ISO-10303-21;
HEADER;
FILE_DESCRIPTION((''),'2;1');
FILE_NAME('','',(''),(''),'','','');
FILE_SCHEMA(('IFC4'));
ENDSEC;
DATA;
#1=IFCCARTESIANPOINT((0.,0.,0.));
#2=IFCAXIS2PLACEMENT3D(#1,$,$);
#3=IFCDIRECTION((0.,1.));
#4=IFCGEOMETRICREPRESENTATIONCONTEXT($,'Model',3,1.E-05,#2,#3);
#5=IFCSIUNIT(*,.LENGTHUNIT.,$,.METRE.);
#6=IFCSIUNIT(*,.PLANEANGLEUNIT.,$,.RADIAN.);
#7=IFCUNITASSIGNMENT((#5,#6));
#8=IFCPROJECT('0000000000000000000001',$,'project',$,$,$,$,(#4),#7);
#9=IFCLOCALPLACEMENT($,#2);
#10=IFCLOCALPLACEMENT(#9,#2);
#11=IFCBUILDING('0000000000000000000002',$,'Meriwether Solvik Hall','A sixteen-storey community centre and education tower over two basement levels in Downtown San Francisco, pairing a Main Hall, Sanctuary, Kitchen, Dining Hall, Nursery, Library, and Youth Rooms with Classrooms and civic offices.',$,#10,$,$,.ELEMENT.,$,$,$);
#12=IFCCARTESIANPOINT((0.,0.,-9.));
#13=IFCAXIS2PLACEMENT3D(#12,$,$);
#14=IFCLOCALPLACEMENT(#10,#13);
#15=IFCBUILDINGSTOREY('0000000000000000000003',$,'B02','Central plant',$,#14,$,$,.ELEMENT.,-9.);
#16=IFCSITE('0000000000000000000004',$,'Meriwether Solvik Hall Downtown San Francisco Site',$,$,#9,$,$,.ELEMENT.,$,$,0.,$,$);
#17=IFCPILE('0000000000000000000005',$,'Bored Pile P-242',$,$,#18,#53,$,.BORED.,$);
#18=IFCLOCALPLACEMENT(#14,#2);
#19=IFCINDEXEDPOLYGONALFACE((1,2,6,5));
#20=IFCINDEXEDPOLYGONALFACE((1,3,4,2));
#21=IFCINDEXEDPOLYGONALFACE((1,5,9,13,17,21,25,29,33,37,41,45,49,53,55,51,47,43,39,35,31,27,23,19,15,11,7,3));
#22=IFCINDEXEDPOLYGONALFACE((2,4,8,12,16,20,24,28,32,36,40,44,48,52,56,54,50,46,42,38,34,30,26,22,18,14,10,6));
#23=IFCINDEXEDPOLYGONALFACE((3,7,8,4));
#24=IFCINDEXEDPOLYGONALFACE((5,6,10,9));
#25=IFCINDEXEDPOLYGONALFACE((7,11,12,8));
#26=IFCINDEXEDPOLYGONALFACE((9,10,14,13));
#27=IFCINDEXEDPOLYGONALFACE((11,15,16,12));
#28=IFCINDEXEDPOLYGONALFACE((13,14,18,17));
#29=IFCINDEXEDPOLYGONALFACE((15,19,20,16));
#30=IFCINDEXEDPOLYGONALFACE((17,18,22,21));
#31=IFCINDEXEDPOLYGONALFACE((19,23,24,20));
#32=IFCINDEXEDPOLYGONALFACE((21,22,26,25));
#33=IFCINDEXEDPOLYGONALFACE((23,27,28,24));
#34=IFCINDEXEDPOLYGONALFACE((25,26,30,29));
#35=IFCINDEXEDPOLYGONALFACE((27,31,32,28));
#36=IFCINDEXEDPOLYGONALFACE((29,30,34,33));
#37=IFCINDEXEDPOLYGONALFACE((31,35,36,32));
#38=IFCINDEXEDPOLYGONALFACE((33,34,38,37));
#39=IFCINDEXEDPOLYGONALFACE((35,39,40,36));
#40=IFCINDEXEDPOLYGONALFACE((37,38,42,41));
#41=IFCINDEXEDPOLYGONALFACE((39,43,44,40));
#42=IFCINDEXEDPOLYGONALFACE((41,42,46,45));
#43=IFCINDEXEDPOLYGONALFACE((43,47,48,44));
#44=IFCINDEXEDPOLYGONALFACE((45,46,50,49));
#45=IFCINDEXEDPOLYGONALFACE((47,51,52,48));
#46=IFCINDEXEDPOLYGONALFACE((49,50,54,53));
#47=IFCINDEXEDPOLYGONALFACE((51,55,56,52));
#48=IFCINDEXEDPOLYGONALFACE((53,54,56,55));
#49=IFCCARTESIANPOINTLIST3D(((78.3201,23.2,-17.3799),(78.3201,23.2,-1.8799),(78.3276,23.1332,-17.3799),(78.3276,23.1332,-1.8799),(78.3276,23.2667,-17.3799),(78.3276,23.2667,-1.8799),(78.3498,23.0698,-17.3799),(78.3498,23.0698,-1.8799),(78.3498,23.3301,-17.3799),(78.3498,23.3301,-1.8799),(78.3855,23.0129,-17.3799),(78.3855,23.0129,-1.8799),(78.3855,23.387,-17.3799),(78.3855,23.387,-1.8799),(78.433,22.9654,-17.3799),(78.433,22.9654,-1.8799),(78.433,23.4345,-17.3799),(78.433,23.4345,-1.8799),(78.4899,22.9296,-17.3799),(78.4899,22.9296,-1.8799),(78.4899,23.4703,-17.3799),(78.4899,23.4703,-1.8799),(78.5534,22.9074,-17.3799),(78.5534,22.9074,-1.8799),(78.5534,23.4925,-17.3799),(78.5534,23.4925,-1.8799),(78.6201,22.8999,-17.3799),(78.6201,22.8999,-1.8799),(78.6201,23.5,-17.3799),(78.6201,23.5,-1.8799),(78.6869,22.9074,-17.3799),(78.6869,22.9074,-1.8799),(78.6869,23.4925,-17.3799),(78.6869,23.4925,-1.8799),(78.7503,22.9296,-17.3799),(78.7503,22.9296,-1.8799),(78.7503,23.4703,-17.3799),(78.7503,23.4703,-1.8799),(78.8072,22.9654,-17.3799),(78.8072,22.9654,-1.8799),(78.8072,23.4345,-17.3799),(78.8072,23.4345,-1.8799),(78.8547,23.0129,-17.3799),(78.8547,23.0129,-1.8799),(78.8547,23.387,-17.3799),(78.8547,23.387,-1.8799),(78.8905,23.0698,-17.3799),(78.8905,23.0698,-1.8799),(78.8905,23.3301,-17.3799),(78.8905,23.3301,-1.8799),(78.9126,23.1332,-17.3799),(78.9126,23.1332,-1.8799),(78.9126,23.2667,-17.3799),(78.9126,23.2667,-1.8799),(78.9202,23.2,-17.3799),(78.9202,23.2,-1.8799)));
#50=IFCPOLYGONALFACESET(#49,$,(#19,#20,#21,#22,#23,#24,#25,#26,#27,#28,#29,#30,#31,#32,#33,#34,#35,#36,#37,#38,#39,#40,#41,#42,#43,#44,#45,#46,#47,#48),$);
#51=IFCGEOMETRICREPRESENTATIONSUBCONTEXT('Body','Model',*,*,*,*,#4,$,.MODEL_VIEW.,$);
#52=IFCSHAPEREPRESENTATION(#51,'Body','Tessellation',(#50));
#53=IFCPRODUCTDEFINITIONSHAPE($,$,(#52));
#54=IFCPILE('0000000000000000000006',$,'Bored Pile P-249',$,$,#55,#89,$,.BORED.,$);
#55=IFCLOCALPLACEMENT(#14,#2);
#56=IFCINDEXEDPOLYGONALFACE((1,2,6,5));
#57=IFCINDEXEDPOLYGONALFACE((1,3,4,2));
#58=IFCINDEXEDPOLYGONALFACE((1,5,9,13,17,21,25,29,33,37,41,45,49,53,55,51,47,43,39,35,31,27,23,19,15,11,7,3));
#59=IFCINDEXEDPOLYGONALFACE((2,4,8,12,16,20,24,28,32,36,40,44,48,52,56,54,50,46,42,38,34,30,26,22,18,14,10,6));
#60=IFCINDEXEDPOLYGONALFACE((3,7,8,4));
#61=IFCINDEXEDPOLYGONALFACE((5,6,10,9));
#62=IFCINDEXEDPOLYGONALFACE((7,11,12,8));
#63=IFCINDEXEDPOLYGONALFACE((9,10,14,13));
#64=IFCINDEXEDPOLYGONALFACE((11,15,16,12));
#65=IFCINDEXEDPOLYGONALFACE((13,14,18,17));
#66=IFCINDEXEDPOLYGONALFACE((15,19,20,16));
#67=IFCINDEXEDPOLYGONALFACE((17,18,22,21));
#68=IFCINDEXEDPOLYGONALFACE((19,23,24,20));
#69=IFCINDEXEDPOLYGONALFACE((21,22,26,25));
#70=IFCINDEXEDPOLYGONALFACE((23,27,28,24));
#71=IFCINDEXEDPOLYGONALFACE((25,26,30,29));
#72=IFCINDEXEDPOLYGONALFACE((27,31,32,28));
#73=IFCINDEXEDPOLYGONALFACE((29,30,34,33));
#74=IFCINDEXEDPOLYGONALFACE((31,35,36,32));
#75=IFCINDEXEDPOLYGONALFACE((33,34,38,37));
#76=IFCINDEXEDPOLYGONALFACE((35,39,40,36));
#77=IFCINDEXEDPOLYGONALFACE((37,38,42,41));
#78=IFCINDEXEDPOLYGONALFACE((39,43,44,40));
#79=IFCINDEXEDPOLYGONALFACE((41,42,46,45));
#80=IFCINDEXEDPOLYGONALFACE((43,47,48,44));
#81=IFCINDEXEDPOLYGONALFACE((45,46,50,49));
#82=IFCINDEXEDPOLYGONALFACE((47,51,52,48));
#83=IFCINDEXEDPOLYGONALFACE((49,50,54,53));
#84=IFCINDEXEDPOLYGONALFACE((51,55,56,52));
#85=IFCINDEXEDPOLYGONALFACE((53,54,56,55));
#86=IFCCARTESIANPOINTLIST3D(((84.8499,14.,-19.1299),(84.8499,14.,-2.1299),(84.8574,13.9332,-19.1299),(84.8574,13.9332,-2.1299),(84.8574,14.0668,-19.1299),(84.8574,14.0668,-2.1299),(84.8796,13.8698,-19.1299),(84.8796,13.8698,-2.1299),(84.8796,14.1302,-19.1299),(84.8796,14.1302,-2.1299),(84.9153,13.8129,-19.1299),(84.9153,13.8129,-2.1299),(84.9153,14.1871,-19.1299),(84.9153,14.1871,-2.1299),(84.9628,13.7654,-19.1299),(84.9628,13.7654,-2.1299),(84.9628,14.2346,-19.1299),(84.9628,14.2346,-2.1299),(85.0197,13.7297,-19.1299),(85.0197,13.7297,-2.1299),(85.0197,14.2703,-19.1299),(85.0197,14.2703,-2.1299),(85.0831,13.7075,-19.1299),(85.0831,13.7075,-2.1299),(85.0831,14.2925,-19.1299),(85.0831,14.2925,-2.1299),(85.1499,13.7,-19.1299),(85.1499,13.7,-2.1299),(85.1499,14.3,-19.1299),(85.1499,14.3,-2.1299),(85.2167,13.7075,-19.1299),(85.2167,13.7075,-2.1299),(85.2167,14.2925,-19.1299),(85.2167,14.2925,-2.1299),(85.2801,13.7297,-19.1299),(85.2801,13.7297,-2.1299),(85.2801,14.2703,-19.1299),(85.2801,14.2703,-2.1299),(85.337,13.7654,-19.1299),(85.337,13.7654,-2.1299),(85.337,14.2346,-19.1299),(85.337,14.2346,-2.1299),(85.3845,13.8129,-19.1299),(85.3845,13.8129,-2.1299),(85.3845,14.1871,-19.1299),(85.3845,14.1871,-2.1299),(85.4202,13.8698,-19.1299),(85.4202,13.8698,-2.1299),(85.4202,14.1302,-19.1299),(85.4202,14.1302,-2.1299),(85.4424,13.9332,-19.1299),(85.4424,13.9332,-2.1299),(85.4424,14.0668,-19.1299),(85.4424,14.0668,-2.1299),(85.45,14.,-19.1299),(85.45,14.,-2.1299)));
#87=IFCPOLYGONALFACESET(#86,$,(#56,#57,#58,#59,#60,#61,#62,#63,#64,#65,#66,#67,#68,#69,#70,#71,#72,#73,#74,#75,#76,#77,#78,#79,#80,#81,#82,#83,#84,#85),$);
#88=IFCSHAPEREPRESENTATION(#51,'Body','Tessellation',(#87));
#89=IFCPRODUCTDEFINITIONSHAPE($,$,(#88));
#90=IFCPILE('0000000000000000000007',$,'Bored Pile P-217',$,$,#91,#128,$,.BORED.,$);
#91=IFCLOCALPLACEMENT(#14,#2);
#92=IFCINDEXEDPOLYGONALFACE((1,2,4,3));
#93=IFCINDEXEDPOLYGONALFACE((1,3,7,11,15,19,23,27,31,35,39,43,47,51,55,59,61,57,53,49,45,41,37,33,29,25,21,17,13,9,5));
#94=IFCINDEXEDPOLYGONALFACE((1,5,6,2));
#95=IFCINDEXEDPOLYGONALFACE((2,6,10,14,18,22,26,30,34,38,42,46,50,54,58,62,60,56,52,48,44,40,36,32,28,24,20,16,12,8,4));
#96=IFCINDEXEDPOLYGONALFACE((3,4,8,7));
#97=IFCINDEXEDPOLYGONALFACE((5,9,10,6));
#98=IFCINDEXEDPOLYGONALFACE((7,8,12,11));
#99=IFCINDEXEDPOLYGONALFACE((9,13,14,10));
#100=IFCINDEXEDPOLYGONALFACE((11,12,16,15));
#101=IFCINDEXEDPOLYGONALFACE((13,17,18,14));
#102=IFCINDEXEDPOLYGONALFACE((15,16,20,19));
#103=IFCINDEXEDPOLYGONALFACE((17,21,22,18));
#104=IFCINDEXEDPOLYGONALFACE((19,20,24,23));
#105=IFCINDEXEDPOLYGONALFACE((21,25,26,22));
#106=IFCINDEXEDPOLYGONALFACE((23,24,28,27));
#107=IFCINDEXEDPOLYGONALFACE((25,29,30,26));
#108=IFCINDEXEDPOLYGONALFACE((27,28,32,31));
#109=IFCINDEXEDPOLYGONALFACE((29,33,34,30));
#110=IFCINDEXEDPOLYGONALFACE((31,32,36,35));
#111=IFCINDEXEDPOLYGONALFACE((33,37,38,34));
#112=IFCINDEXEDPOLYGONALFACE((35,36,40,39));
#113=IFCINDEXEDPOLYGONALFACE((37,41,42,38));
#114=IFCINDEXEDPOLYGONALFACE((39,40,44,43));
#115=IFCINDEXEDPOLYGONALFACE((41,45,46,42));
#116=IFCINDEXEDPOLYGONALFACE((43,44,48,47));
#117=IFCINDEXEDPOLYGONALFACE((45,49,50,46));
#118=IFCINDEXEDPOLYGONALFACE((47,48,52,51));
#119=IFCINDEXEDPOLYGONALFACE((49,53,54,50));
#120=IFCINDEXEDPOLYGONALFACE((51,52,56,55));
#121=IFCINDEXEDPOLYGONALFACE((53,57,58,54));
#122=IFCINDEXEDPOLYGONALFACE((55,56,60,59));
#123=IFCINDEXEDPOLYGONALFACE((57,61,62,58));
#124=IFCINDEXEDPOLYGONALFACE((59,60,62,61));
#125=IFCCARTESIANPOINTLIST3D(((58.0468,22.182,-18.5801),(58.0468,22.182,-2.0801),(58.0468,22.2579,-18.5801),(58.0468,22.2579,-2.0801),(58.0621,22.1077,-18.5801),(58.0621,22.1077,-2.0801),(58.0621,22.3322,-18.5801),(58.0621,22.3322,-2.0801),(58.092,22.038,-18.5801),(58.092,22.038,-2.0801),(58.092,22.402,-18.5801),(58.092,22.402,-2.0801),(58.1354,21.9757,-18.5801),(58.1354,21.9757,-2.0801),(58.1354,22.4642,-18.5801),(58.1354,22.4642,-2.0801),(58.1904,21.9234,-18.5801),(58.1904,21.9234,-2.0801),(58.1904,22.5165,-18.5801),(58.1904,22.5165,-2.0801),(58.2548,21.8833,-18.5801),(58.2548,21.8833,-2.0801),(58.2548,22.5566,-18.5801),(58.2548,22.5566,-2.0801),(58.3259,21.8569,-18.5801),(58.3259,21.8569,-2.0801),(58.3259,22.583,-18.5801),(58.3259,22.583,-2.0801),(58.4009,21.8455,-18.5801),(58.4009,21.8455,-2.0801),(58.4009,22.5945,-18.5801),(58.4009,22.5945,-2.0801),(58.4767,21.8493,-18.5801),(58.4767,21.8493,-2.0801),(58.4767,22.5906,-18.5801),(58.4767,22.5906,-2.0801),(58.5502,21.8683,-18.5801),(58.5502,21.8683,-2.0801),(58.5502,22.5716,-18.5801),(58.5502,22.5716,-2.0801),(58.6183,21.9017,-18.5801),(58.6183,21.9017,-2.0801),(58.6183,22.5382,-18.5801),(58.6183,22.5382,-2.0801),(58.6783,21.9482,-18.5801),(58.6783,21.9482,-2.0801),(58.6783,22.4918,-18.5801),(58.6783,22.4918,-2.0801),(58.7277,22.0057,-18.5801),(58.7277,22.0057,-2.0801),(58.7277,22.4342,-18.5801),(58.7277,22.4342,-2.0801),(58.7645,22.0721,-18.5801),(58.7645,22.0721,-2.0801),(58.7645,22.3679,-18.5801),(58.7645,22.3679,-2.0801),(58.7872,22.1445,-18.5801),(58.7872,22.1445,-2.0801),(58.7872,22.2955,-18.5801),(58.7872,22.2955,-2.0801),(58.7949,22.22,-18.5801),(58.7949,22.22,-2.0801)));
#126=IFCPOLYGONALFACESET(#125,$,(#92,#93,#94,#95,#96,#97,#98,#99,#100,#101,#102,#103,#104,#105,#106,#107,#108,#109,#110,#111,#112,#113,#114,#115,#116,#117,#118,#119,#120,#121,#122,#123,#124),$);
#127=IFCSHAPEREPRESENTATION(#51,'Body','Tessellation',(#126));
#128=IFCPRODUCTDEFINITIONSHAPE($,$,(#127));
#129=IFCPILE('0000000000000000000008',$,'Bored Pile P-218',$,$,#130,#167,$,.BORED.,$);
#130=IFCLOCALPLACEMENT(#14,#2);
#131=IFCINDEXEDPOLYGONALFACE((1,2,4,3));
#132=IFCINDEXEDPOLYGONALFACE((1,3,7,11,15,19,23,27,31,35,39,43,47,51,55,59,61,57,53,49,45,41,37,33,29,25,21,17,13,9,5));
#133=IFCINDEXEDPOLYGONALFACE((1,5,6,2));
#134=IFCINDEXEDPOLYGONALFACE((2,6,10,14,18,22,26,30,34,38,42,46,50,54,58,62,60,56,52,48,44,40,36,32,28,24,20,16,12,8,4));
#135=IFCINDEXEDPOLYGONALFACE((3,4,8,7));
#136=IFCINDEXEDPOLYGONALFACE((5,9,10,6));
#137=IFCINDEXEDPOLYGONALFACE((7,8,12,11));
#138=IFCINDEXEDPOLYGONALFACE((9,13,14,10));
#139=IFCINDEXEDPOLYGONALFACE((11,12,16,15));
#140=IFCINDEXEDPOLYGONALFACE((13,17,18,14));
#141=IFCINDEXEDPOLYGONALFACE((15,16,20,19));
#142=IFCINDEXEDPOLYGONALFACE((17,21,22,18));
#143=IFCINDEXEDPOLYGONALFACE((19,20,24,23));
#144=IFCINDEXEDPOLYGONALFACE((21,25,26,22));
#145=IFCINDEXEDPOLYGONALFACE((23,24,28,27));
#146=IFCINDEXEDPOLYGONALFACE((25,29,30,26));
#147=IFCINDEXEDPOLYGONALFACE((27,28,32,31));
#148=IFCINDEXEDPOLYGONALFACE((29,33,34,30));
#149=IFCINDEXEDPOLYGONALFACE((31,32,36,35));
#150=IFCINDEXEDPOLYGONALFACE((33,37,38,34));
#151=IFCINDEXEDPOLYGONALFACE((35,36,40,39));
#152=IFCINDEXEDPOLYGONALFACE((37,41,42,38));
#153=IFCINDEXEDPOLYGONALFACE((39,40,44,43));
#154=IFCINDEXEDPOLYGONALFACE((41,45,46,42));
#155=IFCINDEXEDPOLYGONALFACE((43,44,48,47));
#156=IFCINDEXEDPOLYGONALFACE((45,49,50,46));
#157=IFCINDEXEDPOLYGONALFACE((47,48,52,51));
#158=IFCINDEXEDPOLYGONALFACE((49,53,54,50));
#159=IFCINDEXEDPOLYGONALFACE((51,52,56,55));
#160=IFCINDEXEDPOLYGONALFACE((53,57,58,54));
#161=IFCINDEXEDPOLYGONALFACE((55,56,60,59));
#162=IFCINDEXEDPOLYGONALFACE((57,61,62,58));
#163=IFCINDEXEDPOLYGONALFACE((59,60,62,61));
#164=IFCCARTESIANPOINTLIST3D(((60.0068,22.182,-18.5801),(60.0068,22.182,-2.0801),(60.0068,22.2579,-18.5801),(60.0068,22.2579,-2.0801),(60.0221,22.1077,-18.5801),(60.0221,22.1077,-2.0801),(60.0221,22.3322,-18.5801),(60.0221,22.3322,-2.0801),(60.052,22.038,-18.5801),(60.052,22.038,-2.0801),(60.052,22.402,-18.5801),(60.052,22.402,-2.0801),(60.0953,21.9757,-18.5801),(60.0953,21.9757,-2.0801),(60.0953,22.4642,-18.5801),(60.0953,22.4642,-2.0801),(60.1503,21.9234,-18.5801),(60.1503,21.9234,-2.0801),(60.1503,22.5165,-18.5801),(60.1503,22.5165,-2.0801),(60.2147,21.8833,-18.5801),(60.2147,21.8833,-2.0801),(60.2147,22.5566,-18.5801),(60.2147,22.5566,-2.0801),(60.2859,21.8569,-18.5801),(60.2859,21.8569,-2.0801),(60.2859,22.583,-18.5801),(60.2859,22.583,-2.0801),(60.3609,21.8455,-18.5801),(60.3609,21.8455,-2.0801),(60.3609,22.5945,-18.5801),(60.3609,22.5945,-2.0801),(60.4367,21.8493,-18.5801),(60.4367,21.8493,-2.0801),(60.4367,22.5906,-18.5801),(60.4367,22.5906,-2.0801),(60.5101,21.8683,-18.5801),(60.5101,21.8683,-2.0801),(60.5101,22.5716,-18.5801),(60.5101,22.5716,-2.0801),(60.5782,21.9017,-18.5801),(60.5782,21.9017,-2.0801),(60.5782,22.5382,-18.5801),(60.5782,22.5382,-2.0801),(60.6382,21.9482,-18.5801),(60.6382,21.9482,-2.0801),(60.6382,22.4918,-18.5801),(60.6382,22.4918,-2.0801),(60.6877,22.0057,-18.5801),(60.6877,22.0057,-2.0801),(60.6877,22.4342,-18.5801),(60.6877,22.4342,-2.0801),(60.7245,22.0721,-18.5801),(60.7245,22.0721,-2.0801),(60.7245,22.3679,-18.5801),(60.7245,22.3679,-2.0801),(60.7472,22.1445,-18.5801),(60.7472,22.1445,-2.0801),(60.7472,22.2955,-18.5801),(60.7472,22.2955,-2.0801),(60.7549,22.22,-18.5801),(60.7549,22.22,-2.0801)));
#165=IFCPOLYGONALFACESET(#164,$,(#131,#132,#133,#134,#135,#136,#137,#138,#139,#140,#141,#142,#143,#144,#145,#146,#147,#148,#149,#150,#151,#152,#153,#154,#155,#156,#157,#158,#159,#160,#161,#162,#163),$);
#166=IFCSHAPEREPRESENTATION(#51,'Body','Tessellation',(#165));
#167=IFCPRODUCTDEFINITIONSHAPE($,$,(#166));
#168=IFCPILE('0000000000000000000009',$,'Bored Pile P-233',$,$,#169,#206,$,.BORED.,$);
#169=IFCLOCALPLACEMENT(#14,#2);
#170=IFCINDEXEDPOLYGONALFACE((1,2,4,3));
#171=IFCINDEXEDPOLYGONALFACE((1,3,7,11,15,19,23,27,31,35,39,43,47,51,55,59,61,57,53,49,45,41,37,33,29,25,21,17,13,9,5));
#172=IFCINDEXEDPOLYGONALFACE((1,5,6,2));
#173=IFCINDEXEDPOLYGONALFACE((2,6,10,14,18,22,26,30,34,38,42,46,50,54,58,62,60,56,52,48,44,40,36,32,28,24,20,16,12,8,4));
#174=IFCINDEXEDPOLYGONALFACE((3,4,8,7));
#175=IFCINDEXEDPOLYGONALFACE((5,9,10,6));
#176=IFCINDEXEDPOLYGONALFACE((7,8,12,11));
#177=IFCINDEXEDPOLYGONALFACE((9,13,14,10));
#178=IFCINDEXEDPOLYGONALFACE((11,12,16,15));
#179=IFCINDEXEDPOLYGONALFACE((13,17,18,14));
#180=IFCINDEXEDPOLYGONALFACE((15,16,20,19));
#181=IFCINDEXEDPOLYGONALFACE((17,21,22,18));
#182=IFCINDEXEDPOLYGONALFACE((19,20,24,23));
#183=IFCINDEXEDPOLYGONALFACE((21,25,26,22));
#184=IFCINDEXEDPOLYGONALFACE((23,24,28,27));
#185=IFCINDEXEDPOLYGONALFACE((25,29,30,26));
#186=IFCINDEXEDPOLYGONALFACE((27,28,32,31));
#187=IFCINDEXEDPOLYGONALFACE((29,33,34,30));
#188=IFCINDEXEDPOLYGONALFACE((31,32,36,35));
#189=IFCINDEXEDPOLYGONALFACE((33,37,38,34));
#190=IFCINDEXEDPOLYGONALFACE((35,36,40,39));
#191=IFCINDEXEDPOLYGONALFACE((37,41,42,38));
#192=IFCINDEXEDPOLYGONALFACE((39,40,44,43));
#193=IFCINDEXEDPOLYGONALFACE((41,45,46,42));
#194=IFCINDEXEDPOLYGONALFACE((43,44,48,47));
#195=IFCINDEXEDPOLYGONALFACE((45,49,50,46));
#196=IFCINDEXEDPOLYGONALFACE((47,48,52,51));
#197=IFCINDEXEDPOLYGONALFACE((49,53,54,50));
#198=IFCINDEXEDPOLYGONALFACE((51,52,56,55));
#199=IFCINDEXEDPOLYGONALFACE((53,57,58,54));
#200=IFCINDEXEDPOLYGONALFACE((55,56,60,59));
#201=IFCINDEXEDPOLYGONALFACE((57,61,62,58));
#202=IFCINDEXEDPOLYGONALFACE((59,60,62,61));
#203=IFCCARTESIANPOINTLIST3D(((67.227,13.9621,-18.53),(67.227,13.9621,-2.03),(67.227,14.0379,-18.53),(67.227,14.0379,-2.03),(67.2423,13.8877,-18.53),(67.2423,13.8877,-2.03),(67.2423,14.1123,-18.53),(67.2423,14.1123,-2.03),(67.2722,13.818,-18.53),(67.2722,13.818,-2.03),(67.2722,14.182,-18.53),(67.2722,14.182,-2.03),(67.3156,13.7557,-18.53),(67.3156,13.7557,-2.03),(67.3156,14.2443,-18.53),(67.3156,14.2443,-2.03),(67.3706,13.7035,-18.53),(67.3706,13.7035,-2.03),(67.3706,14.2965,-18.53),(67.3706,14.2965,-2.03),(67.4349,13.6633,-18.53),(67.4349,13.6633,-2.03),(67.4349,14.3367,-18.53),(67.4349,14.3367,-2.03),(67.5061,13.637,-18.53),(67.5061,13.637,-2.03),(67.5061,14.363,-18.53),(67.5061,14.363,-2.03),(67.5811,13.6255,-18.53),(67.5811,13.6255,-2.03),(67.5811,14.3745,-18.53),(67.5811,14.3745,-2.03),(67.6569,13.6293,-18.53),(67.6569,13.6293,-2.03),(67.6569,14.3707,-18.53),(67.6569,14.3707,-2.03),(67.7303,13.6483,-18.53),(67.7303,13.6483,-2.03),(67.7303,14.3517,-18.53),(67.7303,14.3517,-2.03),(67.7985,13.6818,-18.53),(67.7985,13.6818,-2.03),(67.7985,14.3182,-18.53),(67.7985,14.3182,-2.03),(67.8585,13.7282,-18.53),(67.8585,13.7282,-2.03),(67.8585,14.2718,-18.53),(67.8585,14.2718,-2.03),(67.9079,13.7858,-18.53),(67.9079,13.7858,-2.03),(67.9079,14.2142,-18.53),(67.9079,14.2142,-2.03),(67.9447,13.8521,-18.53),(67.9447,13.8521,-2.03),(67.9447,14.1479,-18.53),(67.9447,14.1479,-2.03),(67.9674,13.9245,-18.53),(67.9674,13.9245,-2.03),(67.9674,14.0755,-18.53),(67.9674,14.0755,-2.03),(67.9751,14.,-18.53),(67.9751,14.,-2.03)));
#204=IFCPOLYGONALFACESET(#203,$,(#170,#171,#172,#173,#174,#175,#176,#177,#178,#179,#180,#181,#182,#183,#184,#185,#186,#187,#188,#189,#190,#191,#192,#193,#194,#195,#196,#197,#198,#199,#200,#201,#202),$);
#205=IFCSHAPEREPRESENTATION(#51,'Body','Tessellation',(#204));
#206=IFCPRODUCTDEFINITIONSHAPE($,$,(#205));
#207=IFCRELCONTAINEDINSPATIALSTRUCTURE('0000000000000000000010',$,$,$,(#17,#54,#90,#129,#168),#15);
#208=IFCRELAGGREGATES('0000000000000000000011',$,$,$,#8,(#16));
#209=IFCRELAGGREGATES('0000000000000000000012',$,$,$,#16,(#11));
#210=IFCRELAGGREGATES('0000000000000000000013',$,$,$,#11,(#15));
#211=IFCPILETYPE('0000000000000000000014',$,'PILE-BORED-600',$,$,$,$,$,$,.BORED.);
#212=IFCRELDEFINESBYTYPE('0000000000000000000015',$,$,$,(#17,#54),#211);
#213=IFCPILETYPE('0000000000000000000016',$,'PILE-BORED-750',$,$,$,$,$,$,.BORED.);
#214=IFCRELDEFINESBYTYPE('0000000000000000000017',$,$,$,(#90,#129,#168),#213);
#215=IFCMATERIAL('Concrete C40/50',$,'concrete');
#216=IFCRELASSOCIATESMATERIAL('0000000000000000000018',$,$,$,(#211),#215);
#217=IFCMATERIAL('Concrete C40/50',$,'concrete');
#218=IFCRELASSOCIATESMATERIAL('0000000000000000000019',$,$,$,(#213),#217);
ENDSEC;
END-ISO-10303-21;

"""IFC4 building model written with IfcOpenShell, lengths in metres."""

from ifc_helpers import new_model, si_unit, direction, frame, origin, origin_2d, place, context, subcontext, project, spatial, circle, extrude, material, material_profile, profile_set, type_object, element, save


model = new_model("IFC4")

# Units and contexts
model_context = context("Model", 3, precision=1e-05, world=origin(), true_north=direction((0.0, 1.0)))
body_context = subcontext(model_context, "Body", "Model", "MODEL_VIEW")
ifc_project = project(units=[si_unit("LENGTHUNIT", "METRE"), si_unit("PLANEANGLEUNIT", "RADIAN")], contexts=[model_context])

# Site, building, storey
site_placement = place(None, origin())
site = spatial("IfcSite", under=ifc_project, at=site_placement, Name="Meriwether Solvik Hall Downtown San Francisco Site", CompositionType="ELEMENT", RefElevation=0.0)
building_placement = place(site_placement, origin())
building = spatial("IfcBuilding", under=site, at=building_placement, Name="Meriwether Solvik Hall", Description="A sixteen-storey community centre and education tower over two basement levels in Downtown San Francisco, pairing a Main Hall, Sanctuary, Kitchen, Dining Hall, Nursery, Library, and Youth Rooms with Classrooms and civic offices.", CompositionType="ELEMENT")
storey_placement = place(building_placement, frame((0.0, 0.0, -9.0)))
storey = spatial("IfcBuildingStorey", under=building, at=storey_placement, Name="B02", Description="Central plant", CompositionType="ELEMENT", Elevation=-9.0)

# Piles
ifc_material_1 = material(Name="Concrete C40/50", Category="concrete")
ifc_material_profile_1 = material_profile(ifc_material_1, circle(Radius=0.3, at=origin_2d()), Name="PILE-D600")
ifc_profile_set_1 = profile_set([ifc_material_profile_1], Name="Concrete C40/50")
pile_type_1 = type_object("IfcPileType", Name="PILE-BORED-600", PredefinedType="BORED", material=ifc_profile_set_1)
for number, where, z_axis, x_axis, name in (
    (1, (78.6201, 23.2, -1.8799), (0.0, 0.0, -1.0), (1.0, 0.0, 0.0), "Bored Pile P-242"),
):
    element("IfcPile", number, at=place(storey_placement, frame(where, z_axis=z_axis, x_axis=x_axis)), inside=storey, type_object=pile_type_1, Name=name, PredefinedType="BORED", context=body_context, shape_type="SweptSolid", body=[
        extrude(circle(Radius=0.3, at=origin_2d()), origin(), (0.0, 0.0, 1.0), 15.5),
    ])
pile_placement = place(storey_placement, frame((85.1499, 14.0, -2.1299), z_axis=(0.0, 0.0, -1.0), x_axis=(1.0, 0.0, 0.0)))
element("IfcPile", 2, at=pile_placement, inside=storey, type_object=pile_type_1, Name="Bored Pile P-249", PredefinedType="BORED", context=body_context, shape_type="SweptSolid", body=[
    extrude(circle(Radius=0.3, at=origin_2d()), origin(), (0.0, 0.0, 1.0), 17.0),
])
ifc_material_2 = material(Name="Concrete C40/50", Category="concrete")
ifc_material_profile_2 = material_profile(ifc_material_2, circle(Radius=0.375, at=origin_2d()), Name="PILE-D750")
ifc_profile_set_2 = profile_set([ifc_material_profile_2], Name="Concrete C40/50")
pile_type_2 = type_object("IfcPileType", Name="PILE-BORED-750", PredefinedType="BORED", material=ifc_profile_set_2)
for number, where, z_axis, x_axis, name in (
    (3, (58.4199, 22.22, -2.0801), (0.0, 0.0, -1.0), (1.0, 0.0, 0.0), "Bored Pile P-217"),
    (4, (60.3799, 22.22, -2.0801), (0.0, 0.0, -1.0), (1.0, 0.0, 0.0), "Bored Pile P-218"),
    (5, (67.6001, 14.0, -2.03), (0.0, 0.0, -1.0), (1.0, 0.0, 0.0), "Bored Pile P-233"),
):
    element("IfcPile", number, at=place(storey_placement, frame(where, z_axis=z_axis, x_axis=x_axis)), inside=storey, type_object=pile_type_2, Name=name, PredefinedType="BORED", context=body_context, shape_type="SweptSolid", body=[
        extrude(circle(Radius=0.375, at=origin_2d()), origin(), (0.0, 0.0, 1.0), 16.5),
    ])

save(model, "model.ifc")
